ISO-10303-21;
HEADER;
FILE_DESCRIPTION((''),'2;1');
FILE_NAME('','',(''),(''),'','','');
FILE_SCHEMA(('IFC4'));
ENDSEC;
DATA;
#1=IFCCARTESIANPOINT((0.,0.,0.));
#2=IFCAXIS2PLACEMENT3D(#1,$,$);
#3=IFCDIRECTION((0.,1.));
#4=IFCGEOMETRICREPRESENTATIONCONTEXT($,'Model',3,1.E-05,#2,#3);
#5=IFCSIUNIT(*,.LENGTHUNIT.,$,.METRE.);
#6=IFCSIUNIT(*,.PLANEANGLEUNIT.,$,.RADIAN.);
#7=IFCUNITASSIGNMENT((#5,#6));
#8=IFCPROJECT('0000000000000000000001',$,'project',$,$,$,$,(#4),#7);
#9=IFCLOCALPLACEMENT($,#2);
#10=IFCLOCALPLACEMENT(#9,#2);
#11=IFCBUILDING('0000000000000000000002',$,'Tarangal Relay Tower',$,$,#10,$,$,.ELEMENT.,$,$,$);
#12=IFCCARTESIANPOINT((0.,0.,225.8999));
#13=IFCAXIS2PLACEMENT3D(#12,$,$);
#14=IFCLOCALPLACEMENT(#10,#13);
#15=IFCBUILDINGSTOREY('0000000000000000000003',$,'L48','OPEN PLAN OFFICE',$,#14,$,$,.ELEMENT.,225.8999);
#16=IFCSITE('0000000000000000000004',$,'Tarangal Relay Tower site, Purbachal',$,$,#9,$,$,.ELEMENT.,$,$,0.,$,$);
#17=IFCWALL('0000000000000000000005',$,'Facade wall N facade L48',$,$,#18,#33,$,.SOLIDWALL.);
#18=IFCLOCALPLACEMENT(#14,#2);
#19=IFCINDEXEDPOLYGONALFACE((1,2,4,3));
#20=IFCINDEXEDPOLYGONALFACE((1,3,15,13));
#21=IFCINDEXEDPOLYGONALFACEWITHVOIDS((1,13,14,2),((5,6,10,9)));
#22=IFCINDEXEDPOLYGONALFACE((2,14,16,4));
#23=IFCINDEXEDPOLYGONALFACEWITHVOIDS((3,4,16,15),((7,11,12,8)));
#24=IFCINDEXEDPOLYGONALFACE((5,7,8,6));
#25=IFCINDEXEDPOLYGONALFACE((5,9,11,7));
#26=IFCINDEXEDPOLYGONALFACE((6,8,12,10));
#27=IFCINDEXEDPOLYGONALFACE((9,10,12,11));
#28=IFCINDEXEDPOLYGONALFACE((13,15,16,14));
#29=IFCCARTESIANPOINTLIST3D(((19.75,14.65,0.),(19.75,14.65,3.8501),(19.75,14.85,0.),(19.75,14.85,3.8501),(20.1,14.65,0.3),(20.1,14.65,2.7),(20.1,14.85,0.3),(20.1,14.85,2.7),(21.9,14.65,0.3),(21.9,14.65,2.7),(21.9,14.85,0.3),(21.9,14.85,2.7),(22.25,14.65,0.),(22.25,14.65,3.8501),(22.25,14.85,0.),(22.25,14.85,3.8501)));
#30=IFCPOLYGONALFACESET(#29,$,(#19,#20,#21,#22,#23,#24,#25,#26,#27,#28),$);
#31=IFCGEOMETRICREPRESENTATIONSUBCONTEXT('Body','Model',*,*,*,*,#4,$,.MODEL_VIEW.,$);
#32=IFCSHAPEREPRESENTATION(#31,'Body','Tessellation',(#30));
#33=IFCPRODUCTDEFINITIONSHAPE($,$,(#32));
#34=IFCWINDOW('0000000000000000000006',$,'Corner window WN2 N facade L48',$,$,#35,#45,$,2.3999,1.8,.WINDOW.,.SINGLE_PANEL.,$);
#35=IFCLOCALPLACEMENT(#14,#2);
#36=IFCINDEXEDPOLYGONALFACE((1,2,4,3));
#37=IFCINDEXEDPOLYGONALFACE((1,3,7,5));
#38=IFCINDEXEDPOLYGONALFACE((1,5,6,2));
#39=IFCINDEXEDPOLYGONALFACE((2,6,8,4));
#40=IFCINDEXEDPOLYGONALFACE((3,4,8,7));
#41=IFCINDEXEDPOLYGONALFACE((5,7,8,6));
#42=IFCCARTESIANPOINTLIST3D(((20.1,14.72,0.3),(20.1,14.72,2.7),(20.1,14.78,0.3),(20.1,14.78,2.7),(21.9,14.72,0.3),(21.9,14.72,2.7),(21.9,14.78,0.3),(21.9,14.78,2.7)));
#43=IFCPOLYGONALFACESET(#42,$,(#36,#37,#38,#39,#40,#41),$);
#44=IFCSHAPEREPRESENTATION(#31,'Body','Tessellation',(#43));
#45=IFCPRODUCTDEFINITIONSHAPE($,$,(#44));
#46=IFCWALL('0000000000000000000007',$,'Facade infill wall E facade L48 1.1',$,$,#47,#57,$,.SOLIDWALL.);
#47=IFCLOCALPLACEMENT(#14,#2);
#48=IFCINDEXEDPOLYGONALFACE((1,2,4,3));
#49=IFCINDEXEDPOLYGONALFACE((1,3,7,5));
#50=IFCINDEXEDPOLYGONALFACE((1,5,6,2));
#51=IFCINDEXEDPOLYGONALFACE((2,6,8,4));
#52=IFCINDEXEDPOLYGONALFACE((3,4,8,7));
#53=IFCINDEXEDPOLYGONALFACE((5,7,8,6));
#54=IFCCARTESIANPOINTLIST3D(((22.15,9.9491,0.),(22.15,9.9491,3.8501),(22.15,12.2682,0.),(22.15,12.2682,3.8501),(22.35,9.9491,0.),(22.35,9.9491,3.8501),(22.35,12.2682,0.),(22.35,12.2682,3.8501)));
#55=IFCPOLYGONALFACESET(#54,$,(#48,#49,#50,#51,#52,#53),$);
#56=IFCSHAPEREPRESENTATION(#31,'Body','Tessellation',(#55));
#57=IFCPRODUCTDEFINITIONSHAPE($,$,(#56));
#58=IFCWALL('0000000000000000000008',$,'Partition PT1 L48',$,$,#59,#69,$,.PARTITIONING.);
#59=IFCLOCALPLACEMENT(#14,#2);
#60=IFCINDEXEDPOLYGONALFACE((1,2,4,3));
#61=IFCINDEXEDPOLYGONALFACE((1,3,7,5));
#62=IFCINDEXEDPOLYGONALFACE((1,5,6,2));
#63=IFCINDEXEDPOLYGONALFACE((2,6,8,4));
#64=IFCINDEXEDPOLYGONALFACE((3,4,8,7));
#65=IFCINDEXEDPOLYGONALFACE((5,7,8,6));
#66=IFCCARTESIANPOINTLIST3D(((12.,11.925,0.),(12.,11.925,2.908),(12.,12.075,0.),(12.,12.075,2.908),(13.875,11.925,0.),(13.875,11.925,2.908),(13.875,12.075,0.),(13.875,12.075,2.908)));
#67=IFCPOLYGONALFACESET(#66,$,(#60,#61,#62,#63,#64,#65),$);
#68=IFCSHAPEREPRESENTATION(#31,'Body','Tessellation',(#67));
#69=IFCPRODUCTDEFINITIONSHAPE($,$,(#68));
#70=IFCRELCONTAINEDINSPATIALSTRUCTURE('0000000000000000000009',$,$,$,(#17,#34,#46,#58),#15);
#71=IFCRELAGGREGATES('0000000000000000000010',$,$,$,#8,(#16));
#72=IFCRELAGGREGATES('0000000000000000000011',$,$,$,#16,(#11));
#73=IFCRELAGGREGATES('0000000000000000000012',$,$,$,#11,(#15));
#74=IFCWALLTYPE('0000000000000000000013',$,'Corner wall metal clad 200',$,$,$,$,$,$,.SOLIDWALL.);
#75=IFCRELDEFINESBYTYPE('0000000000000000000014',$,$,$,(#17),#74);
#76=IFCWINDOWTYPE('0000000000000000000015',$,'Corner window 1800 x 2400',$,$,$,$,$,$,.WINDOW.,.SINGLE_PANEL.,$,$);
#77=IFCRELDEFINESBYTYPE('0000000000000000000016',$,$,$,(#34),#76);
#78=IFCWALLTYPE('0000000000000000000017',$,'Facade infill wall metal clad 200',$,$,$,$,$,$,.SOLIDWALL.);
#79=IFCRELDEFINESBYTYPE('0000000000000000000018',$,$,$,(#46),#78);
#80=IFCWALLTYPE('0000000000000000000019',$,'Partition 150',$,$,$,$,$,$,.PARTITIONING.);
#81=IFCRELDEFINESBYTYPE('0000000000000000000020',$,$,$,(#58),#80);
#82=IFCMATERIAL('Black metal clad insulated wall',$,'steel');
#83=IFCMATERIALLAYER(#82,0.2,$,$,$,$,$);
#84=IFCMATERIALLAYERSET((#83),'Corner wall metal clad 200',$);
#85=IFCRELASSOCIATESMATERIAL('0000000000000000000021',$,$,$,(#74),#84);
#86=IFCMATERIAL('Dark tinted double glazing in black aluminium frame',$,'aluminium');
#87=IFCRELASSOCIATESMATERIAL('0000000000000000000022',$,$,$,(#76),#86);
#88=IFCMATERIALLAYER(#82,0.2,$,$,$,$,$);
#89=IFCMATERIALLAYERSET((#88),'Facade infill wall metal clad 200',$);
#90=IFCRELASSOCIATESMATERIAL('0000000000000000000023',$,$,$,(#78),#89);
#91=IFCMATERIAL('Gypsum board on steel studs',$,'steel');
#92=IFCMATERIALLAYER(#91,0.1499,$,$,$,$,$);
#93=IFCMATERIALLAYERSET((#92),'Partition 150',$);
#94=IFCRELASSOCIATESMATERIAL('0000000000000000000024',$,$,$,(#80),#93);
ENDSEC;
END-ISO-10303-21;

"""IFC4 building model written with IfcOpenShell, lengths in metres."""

from ifc_helpers import new_model, si_unit, direction, frame, frame_2d, origin, place, context, subcontext, project, spatial, rectangle, extrude, material, layer, layer_set, type_object, element, fill, save


model = new_model("IFC4")

# Units and contexts
model_context = context("Model", 3, precision=1e-05, world=origin(), true_north=direction((0.0, 1.0)))
body_context = subcontext(model_context, "Body", "Model", "MODEL_VIEW")
ifc_project = project(units=[si_unit("LENGTHUNIT", "METRE"), si_unit("PLANEANGLEUNIT", "RADIAN")], contexts=[model_context])

# Site, building, storey
site_placement = place(None, origin())
site = spatial("IfcSite", under=ifc_project, at=site_placement, Name="Tarangal Relay Tower site, Purbachal", CompositionType="ELEMENT", RefElevation=0.0)
building_placement = place(site_placement, origin())
building = spatial("IfcBuilding", under=site, at=building_placement, Name="Tarangal Relay Tower", CompositionType="ELEMENT")
storey_placement = place(building_placement, frame((0.0, 0.0, 225.8999)))
storey = spatial("IfcBuildingStorey", under=building, at=storey_placement, Name="L48", Description="OPEN PLAN OFFICE", CompositionType="ELEMENT", Elevation=225.8999)

# Shared definitions
ifc_material_1 = material(Name="Black metal clad insulated wall", Category="steel")
ifc_layer_1 = layer(ifc_material_1, 0.2)
ifc_layer_set_1 = layer_set([ifc_layer_1], Name="Corner wall metal clad 200")
wall_type_1 = type_object("IfcWallType", Name="Corner wall metal clad 200", PredefinedType="SOLIDWALL", material=ifc_layer_set_1)

# Shared definitions
ifc_material_2 = material(Name="Dark tinted double glazing in black aluminium frame", Category="aluminium")
window_type = type_object("IfcWindowType", Name="Corner window 1800 x 2400", PartitioningType="SINGLE_PANEL", PredefinedType="WINDOW", material=ifc_material_2)

# Wall, opening, window
wall_1_placement = place(storey_placement, frame((19.75, 14.75, 0.0), z_axis=(0.0, 0.0, 1.0), x_axis=(1.0, 0.0, 0.0)))
wall_1 = element("IfcWall", 1, at=wall_1_placement, inside=storey, type_object=wall_type_1, Name="Facade wall N facade L48", PredefinedType="SOLIDWALL", context=body_context, shape_type="SweptSolid", body=[
    extrude(rectangle(XDim=2.5, YDim=0.2, at=frame_2d((1.25, 0.0))), origin(), (0.0, 0.0, 1.0), 3.8501),
])
opening_1_placement = place(wall_1_placement, frame((0.3501, 0.0, 0.3)))
opening_1 = element("IfcOpeningElement", 2, at=opening_1_placement, cuts=wall_1, PredefinedType="OPENING", context=body_context, shape_type="SweptSolid", body=[
    extrude(rectangle(XDim=1.8, YDim=2.3999, at=frame_2d((0.8999, 1.2))), frame((0.0, 0.1099, 0.0), z_axis=(0.0, -1.0, 0.0), x_axis=(1.0, 0.0, 0.0)), (0.0, 0.0, 1.0), 0.22),
])
window_1_placement = place(opening_1_placement, origin())
window_1 = element("IfcWindow", 3, at=window_1_placement, inside=storey, type_object=window_type, Name="Corner window WN2 N facade L48", OverallHeight=2.3999, OverallWidth=1.8, PartitioningType="SINGLE_PANEL", PredefinedType="WINDOW", context=body_context, shape_type="SweptSolid", body=[
    extrude(rectangle(XDim=1.8, YDim=2.3999, at=frame_2d((0.8999, 1.2))), frame((0.0, 0.03, 0.0), z_axis=(0.0, -1.0, 0.0), x_axis=(1.0, 0.0, 0.0)), (0.0, 0.0, 1.0), 0.0601),
])
fill(opening_1, window_1)

# Walls
ifc_layer_2 = layer(ifc_material_1, 0.2)
ifc_layer_set_2 = layer_set([ifc_layer_2], Name="Facade infill wall metal clad 200")
wall_type_2 = type_object("IfcWallType", Name="Facade infill wall metal clad 200", PredefinedType="SOLIDWALL", material=ifc_layer_set_2)
wall_2_placement = place(storey_placement, frame((22.25, 12.2683, 0.0), z_axis=(0.0, 0.0, 1.0), x_axis=(0.0, -1.0, 0.0)))
element("IfcWall", 4, at=wall_2_placement, inside=storey, type_object=wall_type_2, Name="Facade infill wall E facade L48 1.1", PredefinedType="SOLIDWALL", context=body_context, shape_type="SweptSolid", body=[
    extrude(rectangle(XDim=2.3191, YDim=0.2, at=frame_2d((1.1597, 0.0))), origin(), (0.0, 0.0, 1.0), 3.8501),
])
ifc_material_3 = material(Name="Gypsum board on steel studs", Category="steel")
ifc_layer_3 = layer(ifc_material_3, 0.1499)
ifc_layer_set_3 = layer_set([ifc_layer_3], Name="Partition 150")
wall_type_3 = type_object("IfcWallType", Name="Partition 150", PredefinedType="PARTITIONING", material=ifc_layer_set_3)
wall_3_placement = place(storey_placement, frame((12.0, 12.0, 0.0), z_axis=(0.0, 0.0, 1.0), x_axis=(1.0, 0.0, 0.0)))
element("IfcWall", 5, at=wall_3_placement, inside=storey, type_object=wall_type_3, Name="Partition PT1 L48", PredefinedType="PARTITIONING", context=body_context, shape_type="SweptSolid", body=[
    extrude(rectangle(XDim=1.875, YDim=0.1499, at=frame_2d((0.9375, 0.0))), origin(), (0.0, 0.0, 1.0), 2.908),
])

save(model, "model.ifc")
